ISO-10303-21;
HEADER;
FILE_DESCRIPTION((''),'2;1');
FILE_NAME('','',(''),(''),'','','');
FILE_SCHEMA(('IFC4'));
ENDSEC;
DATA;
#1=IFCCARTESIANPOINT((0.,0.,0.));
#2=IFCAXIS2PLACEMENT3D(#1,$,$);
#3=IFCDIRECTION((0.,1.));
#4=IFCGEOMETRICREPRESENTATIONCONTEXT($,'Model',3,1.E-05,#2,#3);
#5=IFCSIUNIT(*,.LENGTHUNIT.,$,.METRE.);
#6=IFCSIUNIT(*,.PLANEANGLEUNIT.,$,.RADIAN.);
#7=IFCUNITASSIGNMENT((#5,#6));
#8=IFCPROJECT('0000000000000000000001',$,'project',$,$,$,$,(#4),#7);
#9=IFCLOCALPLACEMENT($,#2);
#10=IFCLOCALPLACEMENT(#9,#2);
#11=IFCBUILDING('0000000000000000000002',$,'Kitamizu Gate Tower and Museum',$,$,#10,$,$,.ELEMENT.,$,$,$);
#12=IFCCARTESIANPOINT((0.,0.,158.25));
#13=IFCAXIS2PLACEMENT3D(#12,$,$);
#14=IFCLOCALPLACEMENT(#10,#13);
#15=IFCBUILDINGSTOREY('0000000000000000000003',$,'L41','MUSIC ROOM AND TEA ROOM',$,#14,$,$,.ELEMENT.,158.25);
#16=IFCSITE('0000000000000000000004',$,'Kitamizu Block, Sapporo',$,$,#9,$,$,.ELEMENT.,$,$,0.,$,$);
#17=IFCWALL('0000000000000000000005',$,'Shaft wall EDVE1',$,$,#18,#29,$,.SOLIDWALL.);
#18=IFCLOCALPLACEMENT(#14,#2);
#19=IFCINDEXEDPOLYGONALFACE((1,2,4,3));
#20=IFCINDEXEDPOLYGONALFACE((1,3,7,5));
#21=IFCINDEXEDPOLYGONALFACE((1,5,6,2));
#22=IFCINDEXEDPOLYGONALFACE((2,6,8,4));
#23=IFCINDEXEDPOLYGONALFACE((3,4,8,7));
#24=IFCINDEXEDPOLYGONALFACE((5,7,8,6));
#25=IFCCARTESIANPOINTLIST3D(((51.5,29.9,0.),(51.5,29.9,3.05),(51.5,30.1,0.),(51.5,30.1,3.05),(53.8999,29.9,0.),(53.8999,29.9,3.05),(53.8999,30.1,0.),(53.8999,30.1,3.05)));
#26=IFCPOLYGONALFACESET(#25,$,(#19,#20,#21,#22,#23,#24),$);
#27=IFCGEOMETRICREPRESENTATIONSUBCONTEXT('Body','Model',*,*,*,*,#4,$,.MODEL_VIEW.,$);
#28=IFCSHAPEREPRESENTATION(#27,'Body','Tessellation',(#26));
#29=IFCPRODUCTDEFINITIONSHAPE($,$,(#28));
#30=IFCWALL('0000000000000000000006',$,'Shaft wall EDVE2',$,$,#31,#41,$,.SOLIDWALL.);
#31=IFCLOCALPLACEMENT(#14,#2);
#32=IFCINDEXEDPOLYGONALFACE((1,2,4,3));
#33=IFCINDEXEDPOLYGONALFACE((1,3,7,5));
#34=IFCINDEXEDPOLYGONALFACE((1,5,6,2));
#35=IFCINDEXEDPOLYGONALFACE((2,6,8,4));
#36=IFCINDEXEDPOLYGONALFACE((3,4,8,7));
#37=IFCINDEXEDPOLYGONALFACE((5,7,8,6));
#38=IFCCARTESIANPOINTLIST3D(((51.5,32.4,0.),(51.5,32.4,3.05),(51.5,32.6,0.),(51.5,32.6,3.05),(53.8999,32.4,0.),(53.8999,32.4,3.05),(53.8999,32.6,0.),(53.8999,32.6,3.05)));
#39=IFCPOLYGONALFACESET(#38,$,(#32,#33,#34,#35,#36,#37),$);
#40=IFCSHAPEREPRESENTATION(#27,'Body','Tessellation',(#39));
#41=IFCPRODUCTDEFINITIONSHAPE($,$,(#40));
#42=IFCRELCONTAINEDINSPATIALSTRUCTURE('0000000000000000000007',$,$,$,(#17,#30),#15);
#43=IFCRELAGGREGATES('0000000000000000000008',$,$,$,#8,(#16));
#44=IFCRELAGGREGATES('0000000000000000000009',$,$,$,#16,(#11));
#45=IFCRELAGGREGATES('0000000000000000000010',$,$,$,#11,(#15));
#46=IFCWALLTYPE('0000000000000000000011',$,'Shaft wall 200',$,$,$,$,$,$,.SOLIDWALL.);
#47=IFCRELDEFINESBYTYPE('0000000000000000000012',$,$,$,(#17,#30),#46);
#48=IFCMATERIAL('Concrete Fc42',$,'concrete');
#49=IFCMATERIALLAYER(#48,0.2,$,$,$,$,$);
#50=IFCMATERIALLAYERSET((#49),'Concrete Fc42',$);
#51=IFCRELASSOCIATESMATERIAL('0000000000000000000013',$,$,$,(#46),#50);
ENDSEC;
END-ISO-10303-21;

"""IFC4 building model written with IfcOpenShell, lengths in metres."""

from ifc_helpers import new_model, si_unit, direction, frame, frame_2d, origin, place, context, subcontext, project, spatial, rectangle, extrude, material, layer, layer_set, type_object, element, save


model = new_model("IFC4")

# Units and contexts
model_context = context("Model", 3, precision=1e-05, world=origin(), true_north=direction((0.0, 1.0)))
body_context = subcontext(model_context, "Body", "Model", "MODEL_VIEW")
ifc_project = project(units=[si_unit("LENGTHUNIT", "METRE"), si_unit("PLANEANGLEUNIT", "RADIAN")], contexts=[model_context])

# Site, building, storey
site_placement = place(None, origin())
site = spatial("IfcSite", under=ifc_project, at=site_placement, Name="Kitamizu Block, Sapporo", CompositionType="ELEMENT", RefElevation=0.0)
building_placement = place(site_placement, origin())
building = spatial("IfcBuilding", under=site, at=building_placement, Name="Kitamizu Gate Tower and Museum", CompositionType="ELEMENT")
storey_placement = place(building_placement, frame((0.0, 0.0, 158.25)))
storey = spatial("IfcBuildingStorey", under=building, at=storey_placement, Name="L41", Description="MUSIC ROOM AND TEA ROOM", CompositionType="ELEMENT", Elevation=158.25)

# Shared definitions
ifc_material_1 = material(Name="Concrete Fc42", Category="concrete")
ifc_layer_1 = layer(ifc_material_1, 0.2)
ifc_layer_set_1 = layer_set([ifc_layer_1], Name="Concrete Fc42")
wall_type_1 = type_object("IfcWallType", Name="Shaft wall 200", PredefinedType="SOLIDWALL", material=ifc_layer_set_1)

# Walls
for number, where, z_axis, x_axis, name in (
    (1, (53.8999, 30.0, 0.0), (0.0, 0.0, 1.0), (-1.0, 0.0, 0.0), "Shaft wall EDVE1"),
    (2, (53.8999, 32.5, 0.0), (0.0, 0.0, 1.0), (-1.0, 0.0, 0.0), "Shaft wall EDVE2"),
):
    element("IfcWall", number, at=place(storey_placement, frame(where, z_axis=z_axis, x_axis=x_axis)), inside=storey, type_object=wall_type_1, Name=name, PredefinedType="SOLIDWALL", context=body_context, shape_type="SweptSolid", body=[
        extrude(rectangle(XDim=2.3999, YDim=0.2, at=frame_2d((1.2, 0.0))), origin(), (0.0, 0.0, 1.0), 3.05),
    ])

save(model, "model.ifc")
